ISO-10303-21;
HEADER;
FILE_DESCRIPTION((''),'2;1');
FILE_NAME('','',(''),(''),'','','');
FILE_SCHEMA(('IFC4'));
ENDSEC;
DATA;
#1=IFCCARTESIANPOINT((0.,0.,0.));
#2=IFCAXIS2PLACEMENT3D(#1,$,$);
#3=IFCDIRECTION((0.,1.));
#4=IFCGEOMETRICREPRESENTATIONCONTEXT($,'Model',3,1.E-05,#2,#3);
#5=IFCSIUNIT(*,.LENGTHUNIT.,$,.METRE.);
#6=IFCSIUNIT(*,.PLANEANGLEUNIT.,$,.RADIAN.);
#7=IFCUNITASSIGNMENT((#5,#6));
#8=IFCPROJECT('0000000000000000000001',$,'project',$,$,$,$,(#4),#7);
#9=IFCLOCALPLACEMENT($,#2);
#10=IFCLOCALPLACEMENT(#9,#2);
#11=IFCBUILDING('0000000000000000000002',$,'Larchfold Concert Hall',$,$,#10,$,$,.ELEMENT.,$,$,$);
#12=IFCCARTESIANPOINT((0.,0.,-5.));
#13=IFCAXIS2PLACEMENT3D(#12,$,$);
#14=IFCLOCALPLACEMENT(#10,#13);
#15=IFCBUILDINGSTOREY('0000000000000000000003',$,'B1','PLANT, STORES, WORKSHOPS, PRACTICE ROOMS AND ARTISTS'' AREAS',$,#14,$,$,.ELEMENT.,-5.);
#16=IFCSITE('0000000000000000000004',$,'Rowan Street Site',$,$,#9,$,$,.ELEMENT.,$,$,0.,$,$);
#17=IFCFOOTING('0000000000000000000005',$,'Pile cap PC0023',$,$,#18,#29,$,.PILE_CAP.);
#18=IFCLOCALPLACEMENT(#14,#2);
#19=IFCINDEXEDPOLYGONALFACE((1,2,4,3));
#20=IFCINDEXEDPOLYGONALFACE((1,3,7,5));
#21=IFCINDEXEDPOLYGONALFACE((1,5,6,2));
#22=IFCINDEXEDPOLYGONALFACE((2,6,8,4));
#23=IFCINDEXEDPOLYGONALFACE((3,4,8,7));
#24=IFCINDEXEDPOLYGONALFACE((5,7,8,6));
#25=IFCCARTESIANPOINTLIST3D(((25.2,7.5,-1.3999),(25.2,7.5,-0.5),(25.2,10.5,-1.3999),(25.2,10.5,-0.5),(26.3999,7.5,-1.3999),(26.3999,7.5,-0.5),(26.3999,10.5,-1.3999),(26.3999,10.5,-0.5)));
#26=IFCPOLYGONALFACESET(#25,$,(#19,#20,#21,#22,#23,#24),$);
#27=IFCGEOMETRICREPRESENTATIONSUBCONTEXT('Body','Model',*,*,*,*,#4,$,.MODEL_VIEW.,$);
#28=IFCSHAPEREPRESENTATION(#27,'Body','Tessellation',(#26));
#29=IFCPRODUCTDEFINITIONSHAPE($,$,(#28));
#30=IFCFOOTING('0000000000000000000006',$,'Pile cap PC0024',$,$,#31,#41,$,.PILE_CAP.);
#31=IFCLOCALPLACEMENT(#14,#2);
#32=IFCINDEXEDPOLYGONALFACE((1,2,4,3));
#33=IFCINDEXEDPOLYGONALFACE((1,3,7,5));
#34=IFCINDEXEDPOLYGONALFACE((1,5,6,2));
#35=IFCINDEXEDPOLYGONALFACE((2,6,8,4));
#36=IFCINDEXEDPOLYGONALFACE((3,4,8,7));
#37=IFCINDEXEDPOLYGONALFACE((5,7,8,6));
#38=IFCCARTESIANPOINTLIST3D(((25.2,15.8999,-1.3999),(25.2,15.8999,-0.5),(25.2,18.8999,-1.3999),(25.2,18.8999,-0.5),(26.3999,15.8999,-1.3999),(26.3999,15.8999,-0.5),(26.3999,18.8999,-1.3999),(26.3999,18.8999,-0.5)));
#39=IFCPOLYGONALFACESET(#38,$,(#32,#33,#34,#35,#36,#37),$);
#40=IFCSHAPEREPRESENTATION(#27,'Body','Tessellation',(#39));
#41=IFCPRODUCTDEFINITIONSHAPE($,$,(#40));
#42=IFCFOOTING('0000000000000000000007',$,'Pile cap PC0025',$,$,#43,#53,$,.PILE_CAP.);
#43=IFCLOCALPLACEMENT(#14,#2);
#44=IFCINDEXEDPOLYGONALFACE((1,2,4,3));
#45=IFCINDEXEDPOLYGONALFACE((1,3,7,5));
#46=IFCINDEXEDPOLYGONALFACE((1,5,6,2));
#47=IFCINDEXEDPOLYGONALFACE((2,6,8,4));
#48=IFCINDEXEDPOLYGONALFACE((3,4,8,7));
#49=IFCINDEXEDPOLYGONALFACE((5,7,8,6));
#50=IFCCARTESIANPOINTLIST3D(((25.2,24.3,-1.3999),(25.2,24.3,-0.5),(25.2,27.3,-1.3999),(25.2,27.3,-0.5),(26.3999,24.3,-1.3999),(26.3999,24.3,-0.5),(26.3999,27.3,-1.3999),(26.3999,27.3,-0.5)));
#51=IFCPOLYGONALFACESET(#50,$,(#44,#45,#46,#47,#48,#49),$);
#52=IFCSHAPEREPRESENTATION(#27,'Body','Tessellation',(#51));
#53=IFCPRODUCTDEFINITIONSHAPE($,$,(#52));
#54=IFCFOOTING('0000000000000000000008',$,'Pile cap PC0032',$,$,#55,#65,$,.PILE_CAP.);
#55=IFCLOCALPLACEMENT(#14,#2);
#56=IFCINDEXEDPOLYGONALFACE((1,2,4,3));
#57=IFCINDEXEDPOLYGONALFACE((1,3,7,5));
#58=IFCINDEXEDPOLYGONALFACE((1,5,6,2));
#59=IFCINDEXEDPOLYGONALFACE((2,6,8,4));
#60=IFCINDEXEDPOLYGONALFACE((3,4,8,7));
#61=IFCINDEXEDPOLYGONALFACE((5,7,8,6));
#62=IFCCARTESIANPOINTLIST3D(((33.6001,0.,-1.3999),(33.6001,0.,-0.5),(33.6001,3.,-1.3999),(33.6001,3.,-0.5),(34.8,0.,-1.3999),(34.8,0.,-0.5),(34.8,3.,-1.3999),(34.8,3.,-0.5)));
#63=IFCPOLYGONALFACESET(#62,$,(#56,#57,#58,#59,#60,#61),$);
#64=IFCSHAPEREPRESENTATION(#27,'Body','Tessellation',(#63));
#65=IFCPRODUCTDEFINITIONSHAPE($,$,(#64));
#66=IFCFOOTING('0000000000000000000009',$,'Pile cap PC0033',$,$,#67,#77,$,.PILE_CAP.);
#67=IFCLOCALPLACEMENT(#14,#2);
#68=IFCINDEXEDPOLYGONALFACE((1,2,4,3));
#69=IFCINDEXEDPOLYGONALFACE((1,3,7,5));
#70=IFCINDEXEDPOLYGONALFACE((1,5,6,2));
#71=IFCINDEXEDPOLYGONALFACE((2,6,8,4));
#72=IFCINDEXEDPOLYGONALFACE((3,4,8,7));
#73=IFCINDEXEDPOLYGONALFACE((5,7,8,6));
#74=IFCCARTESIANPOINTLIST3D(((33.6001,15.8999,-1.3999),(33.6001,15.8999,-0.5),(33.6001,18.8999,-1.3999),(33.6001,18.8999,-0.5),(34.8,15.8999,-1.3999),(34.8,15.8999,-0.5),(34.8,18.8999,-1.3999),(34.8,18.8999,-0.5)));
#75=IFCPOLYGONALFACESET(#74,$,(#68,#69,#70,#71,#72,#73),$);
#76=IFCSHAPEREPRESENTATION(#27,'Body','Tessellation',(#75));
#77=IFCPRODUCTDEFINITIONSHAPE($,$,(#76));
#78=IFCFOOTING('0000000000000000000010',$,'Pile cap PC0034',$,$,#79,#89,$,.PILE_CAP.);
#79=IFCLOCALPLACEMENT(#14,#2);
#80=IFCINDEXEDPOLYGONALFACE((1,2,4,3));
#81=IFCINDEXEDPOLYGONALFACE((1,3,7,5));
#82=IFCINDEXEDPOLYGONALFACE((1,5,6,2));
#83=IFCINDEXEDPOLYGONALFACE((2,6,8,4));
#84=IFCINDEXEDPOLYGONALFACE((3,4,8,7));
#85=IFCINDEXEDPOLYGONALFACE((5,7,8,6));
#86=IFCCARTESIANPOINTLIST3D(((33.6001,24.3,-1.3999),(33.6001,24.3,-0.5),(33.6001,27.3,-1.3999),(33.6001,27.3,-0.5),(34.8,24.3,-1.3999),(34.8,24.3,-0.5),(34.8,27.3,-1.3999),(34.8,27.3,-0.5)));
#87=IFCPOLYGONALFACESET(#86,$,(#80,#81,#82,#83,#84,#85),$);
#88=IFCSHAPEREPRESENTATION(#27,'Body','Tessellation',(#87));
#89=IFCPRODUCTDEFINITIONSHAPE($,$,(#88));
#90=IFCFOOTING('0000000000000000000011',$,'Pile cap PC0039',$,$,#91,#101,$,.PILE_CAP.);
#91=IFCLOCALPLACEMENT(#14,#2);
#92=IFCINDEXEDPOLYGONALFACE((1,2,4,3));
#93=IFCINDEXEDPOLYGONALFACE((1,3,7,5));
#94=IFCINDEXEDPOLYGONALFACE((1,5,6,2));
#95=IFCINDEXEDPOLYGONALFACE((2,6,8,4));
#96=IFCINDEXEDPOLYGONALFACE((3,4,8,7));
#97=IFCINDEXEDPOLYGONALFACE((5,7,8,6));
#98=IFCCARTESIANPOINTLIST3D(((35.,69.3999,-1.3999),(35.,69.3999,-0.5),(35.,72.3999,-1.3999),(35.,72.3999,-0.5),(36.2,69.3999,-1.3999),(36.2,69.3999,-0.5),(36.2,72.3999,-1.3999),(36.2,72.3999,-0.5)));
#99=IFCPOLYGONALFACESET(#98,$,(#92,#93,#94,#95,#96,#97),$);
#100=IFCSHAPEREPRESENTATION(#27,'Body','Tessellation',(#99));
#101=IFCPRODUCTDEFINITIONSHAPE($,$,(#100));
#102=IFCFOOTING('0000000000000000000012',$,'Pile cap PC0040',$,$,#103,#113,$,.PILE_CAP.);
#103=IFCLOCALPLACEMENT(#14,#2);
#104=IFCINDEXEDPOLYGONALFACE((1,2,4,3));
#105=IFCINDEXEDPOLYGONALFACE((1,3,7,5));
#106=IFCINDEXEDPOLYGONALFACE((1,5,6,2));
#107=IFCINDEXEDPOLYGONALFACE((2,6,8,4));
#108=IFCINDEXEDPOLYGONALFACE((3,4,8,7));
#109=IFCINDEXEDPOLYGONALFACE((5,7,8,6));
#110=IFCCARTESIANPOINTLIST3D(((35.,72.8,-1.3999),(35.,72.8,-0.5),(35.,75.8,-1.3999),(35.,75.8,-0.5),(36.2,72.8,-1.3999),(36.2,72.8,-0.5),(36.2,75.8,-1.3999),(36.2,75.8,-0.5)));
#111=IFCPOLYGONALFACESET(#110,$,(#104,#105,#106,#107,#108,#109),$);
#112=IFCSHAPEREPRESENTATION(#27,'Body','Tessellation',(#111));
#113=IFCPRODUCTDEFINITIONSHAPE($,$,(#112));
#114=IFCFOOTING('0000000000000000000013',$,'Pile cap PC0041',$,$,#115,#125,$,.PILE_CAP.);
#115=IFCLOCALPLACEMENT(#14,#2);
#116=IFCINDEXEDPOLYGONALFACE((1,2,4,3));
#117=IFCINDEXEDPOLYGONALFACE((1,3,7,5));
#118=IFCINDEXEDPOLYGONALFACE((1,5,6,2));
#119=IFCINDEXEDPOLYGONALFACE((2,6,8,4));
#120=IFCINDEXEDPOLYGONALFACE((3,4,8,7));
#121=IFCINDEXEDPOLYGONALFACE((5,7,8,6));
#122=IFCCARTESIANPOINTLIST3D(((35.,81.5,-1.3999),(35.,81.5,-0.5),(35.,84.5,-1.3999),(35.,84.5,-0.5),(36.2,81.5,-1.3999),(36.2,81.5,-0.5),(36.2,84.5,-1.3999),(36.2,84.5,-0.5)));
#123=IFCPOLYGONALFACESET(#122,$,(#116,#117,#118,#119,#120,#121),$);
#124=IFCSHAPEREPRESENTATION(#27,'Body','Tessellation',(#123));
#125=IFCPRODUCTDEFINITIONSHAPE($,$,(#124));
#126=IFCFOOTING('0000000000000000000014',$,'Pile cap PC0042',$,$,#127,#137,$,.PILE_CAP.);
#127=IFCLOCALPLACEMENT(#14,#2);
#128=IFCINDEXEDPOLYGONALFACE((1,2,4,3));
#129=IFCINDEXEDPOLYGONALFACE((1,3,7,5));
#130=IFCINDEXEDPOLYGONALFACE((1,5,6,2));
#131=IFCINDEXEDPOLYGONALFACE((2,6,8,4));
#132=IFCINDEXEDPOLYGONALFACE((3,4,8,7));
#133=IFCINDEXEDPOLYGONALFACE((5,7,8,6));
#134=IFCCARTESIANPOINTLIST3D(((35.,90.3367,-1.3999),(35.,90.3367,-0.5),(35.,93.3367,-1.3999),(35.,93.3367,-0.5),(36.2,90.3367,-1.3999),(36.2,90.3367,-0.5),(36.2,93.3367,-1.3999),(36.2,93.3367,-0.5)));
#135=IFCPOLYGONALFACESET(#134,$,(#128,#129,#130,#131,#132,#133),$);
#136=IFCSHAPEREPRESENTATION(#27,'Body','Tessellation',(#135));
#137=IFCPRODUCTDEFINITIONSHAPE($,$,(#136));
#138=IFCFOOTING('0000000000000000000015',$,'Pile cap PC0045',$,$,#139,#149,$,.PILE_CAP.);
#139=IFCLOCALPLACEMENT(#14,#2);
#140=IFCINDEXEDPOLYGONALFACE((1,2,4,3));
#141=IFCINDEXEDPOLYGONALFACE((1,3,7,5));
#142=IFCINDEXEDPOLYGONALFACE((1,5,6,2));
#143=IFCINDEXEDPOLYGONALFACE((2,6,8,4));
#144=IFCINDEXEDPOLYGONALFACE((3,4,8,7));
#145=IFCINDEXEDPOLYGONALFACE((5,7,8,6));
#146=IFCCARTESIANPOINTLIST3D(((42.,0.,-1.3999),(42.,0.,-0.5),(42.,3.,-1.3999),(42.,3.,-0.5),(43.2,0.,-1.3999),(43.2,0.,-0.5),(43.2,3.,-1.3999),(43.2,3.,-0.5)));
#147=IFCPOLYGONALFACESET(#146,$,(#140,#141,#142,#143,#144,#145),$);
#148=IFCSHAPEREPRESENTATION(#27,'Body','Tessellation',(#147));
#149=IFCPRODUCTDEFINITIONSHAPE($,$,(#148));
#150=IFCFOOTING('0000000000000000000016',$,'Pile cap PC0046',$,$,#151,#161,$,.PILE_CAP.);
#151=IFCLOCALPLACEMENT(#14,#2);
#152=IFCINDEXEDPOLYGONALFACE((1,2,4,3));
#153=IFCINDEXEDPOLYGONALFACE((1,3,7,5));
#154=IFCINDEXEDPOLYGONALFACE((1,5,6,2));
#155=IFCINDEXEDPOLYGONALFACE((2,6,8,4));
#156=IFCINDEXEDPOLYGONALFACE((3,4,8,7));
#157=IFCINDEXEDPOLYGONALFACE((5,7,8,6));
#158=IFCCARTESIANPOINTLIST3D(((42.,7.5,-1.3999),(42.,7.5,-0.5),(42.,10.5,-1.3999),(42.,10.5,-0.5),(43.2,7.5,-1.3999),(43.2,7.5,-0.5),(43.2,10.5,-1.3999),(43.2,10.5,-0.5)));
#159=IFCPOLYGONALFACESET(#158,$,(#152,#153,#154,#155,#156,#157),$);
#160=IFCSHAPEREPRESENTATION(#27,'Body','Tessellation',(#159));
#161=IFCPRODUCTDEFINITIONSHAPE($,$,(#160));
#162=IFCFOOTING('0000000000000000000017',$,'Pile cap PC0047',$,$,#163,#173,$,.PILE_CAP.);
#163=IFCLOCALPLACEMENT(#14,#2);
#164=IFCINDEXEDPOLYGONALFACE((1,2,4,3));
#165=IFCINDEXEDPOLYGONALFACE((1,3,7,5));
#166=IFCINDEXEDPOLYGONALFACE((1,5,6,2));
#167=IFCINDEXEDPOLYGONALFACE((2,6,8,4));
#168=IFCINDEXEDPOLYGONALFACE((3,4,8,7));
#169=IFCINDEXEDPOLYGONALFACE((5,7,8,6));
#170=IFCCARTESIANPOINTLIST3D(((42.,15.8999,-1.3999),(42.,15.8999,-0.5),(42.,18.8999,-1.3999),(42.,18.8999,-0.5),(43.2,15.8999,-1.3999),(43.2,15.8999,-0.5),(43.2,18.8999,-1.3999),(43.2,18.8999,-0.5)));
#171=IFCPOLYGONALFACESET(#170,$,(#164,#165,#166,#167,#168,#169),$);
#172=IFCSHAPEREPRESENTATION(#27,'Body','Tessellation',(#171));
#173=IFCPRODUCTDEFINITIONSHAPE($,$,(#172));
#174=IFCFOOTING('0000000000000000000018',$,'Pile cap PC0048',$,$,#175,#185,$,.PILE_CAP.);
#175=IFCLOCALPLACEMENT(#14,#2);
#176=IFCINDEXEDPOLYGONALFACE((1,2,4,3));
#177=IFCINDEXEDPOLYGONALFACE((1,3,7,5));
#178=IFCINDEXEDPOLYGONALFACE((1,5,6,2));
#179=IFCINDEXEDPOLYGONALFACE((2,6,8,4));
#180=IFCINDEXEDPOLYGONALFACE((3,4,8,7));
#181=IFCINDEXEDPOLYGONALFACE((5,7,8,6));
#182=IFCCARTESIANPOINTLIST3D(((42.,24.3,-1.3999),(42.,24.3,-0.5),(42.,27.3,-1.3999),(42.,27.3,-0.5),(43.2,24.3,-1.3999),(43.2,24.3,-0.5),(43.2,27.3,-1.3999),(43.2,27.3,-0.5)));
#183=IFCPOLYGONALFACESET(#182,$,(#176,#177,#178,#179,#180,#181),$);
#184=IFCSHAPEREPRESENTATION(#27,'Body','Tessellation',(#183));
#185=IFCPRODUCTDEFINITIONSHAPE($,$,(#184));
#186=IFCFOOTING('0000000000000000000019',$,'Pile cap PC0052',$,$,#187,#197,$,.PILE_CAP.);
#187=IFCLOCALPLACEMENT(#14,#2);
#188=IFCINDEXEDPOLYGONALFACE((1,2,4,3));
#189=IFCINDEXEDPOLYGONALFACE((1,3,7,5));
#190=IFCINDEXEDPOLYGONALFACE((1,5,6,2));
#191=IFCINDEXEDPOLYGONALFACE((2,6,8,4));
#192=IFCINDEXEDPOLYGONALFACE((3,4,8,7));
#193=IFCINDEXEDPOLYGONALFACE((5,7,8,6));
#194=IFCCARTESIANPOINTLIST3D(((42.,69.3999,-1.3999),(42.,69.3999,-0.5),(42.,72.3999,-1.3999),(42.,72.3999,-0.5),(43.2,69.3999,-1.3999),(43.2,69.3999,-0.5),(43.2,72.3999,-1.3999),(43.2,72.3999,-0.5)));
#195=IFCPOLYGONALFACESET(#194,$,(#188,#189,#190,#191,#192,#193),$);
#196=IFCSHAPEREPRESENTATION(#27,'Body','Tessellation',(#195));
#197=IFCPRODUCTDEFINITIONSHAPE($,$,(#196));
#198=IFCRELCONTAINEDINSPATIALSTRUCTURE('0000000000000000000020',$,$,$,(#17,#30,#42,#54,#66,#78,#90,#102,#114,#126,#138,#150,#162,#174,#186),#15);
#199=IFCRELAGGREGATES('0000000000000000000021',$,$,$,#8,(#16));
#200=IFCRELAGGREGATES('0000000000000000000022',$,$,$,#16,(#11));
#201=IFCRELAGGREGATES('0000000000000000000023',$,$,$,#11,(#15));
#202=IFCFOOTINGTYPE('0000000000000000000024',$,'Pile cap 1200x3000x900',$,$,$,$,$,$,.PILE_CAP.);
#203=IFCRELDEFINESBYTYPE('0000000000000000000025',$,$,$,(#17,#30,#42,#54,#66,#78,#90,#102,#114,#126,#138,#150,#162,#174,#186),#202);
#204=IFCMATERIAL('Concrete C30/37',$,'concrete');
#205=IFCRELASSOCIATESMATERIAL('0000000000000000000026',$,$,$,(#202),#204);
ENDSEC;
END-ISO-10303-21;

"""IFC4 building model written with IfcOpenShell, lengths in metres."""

from ifc_helpers import new_model, si_unit, direction, frame, origin, place, context, subcontext, project, spatial, polyline, outline, extrude, material, type_object, element, save


model = new_model("IFC4")

# Units and contexts
model_context = context("Model", 3, precision=1e-05, world=origin(), true_north=direction((0.0, 1.0)))
body_context = subcontext(model_context, "Body", "Model", "MODEL_VIEW")
ifc_project = project(units=[si_unit("LENGTHUNIT", "METRE"), si_unit("PLANEANGLEUNIT", "RADIAN")], contexts=[model_context])

# Site, building, storey
site_placement = place(None, origin())
site = spatial("IfcSite", under=ifc_project, at=site_placement, Name="Rowan Street Site", CompositionType="ELEMENT", RefElevation=0.0)
building_placement = place(site_placement, origin())
building = spatial("IfcBuilding", under=site, at=building_placement, Name="Larchfold Concert Hall", CompositionType="ELEMENT")
storey_placement = place(building_placement, frame((0.0, 0.0, -5.0)))
storey = spatial("IfcBuildingStorey", under=building, at=storey_placement, Name="B1", Description="PLANT, STORES, WORKSHOPS, PRACTICE ROOMS AND ARTISTS' AREAS", CompositionType="ELEMENT", Elevation=-5.0)

# Footings
ifc_material_1 = material(Name="Concrete C30/37", Category="concrete")
footing_type_1 = type_object("IfcFootingType", Name="Pile cap 1200x3000x900", PredefinedType="PILE_CAP", material=ifc_material_1)
footing_1_placement = place(storey_placement, frame((0.0, 0.0, -1.3999)))
element("IfcFooting", 1, at=footing_1_placement, inside=storey, type_object=footing_type_1, Name="Pile cap PC0023", PredefinedType="PILE_CAP", context=body_context, shape_type="SweptSolid", body=[
    extrude(outline(polyline([(26.3999, 7.5), (26.3999, 10.5), (25.2, 10.5), (25.2, 7.5), (26.3999, 7.5)])), origin(), (0.0, 0.0, 1.0), 0.8999),
])
footing_2_placement = place(storey_placement, frame((0.0, 0.0, -1.3999)))
element("IfcFooting", 2, at=footing_2_placement, inside=storey, type_object=footing_type_1, Name="Pile cap PC0024", PredefinedType="PILE_CAP", context=body_context, shape_type="SweptSolid", body=[
    extrude(outline(polyline([(26.3999, 15.8999), (26.3999, 18.8999), (25.2, 18.8999), (25.2, 15.8999), (26.3999, 15.8999)])), origin(), (0.0, 0.0, 1.0), 0.8999),
])
footing_3_placement = place(storey_placement, frame((0.0, 0.0, -1.3999)))
element("IfcFooting", 3, at=footing_3_placement, inside=storey, type_object=footing_type_1, Name="Pile cap PC0025", PredefinedType="PILE_CAP", context=body_context, shape_type="SweptSolid", body=[
    extrude(outline(polyline([(26.3999, 24.3), (26.3999, 27.3), (25.2, 27.3), (25.2, 24.3), (26.3999, 24.3)])), origin(), (0.0, 0.0, 1.0), 0.8999),
])
footing_4_placement = place(storey_placement, frame((0.0, 0.0, -1.3999)))
element("IfcFooting", 4, at=footing_4_placement, inside=storey, type_object=footing_type_1, Name="Pile cap PC0032", PredefinedType="PILE_CAP", context=body_context, shape_type="SweptSolid", body=[
    extrude(outline(polyline([(34.8, 0.0), (34.8, 3.0), (33.6001, 3.0), (33.6001, 0.0), (34.8, 0.0)])), origin(), (0.0, 0.0, 1.0), 0.8999),
])
footing_5_placement = place(storey_placement, frame((0.0, 0.0, -1.3999)))
element("IfcFooting", 5, at=footing_5_placement, inside=storey, type_object=footing_type_1, Name="Pile cap PC0033", PredefinedType="PILE_CAP", context=body_context, shape_type="SweptSolid", body=[
    extrude(outline(polyline([(34.8, 15.8999), (34.8, 18.8999), (33.6001, 18.8999), (33.6001, 15.8999), (34.8, 15.8999)])), origin(), (0.0, 0.0, 1.0), 0.8999),
])
footing_6_placement = place(storey_placement, frame((0.0, 0.0, -1.3999)))
element("IfcFooting", 6, at=footing_6_placement, inside=storey, type_object=footing_type_1, Name="Pile cap PC0034", PredefinedType="PILE_CAP", context=body_context, shape_type="SweptSolid", body=[
    extrude(outline(polyline([(34.8, 24.3), (34.8, 27.3), (33.6001, 27.3), (33.6001, 24.3), (34.8, 24.3)])), origin(), (0.0, 0.0, 1.0), 0.8999),
])
footing_7_placement = place(storey_placement, frame((0.0, 0.0, -1.3999)))
element("IfcFooting", 7, at=footing_7_placement, inside=storey, type_object=footing_type_1, Name="Pile cap PC0039", PredefinedType="PILE_CAP", context=body_context, shape_type="SweptSolid", body=[
    extrude(outline(polyline([(36.2, 69.3999), (36.2, 72.3999), (35.0, 72.3999), (35.0, 69.3999), (36.2, 69.3999)])), origin(), (0.0, 0.0, 1.0), 0.8999),
])
footing_8_placement = place(storey_placement, frame((0.0, 0.0, -1.3999)))
element("IfcFooting", 8, at=footing_8_placement, inside=storey, type_object=footing_type_1, Name="Pile cap PC0040", PredefinedType="PILE_CAP", context=body_context, shape_type="SweptSolid", body=[
    extrude(outline(polyline([(36.2, 72.8), (36.2, 75.8), (35.0, 75.8), (35.0, 72.8), (36.2, 72.8)])), origin(), (0.0, 0.0, 1.0), 0.8999),
])
footing_9_placement = place(storey_placement, frame((0.0, 0.0, -1.3999)))
element("IfcFooting", 9, at=footing_9_placement, inside=storey, type_object=footing_type_1, Name="Pile cap PC0041", PredefinedType="PILE_CAP", context=body_context, shape_type="SweptSolid", body=[
    extrude(outline(polyline([(36.2, 81.5), (36.2, 84.5), (35.0, 84.5), (35.0, 81.5), (36.2, 81.5)])), origin(), (0.0, 0.0, 1.0), 0.8999),
])
footing_10_placement = place(storey_placement, frame((0.0, 0.0, -1.3999)))
element("IfcFooting", 10, at=footing_10_placement, inside=storey, type_object=footing_type_1, Name="Pile cap PC0042", PredefinedType="PILE_CAP", context=body_context, shape_type="SweptSolid", body=[
    extrude(outline(polyline([(36.2, 90.3367), (36.2, 93.3367), (35.0, 93.3367), (35.0, 90.3367), (36.2, 90.3367)])), origin(), (0.0, 0.0, 1.0), 0.8999),
])
footing_11_placement = place(storey_placement, frame((0.0, 0.0, -1.3999)))
element("IfcFooting", 11, at=footing_11_placement, inside=storey, type_object=footing_type_1, Name="Pile cap PC0045", PredefinedType="PILE_CAP", context=body_context, shape_type="SweptSolid", body=[
    extrude(outline(polyline([(43.2, 0.0), (43.2, 3.0), (42.0, 3.0), (42.0, 0.0), (43.2, 0.0)])), origin(), (0.0, 0.0, 1.0), 0.8999),
])
footing_12_placement = place(storey_placement, frame((0.0, 0.0, -1.3999)))
element("IfcFooting", 12, at=footing_12_placement, inside=storey, type_object=footing_type_1, Name="Pile cap PC0046", PredefinedType="PILE_CAP", context=body_context, shape_type="SweptSolid", body=[
    extrude(outline(polyline([(43.2, 7.5), (43.2, 10.5), (42.0, 10.5), (42.0, 7.5), (43.2, 7.5)])), origin(), (0.0, 0.0, 1.0), 0.8999),
])
footing_13_placement = place(storey_placement, frame((0.0, 0.0, -1.3999)))
element("IfcFooting", 13, at=footing_13_placement, inside=storey, type_object=footing_type_1, Name="Pile cap PC0047", PredefinedType="PILE_CAP", context=body_context, shape_type="SweptSolid", body=[
    extrude(outline(polyline([(43.2, 15.8999), (43.2, 18.8999), (42.0, 18.8999), (42.0, 15.8999), (43.2, 15.8999)])), origin(), (0.0, 0.0, 1.0), 0.8999),
])
footing_14_placement = place(storey_placement, frame((0.0, 0.0, -1.3999)))
element("IfcFooting", 14, at=footing_14_placement, inside=storey, type_object=footing_type_1, Name="Pile cap PC0048", PredefinedType="PILE_CAP", context=body_context, shape_type="SweptSolid", body=[
    extrude(outline(polyline([(43.2, 24.3), (43.2, 27.3), (42.0, 27.3), (42.0, 24.3), (43.2, 24.3)])), origin(), (0.0, 0.0, 1.0), 0.8999),
])
footing_15_placement = place(storey_placement, frame((0.0, 0.0, -1.3999)))
element("IfcFooting", 15, at=footing_15_placement, inside=storey, type_object=footing_type_1, Name="Pile cap PC0052", PredefinedType="PILE_CAP", context=body_context, shape_type="SweptSolid", body=[
    extrude(outline(polyline([(43.2, 69.3999), (43.2, 72.3999), (42.0, 72.3999), (42.0, 69.3999), (43.2, 69.3999)])), origin(), (0.0, 0.0, 1.0), 0.8999),
])

save(model, "model.ifc")
